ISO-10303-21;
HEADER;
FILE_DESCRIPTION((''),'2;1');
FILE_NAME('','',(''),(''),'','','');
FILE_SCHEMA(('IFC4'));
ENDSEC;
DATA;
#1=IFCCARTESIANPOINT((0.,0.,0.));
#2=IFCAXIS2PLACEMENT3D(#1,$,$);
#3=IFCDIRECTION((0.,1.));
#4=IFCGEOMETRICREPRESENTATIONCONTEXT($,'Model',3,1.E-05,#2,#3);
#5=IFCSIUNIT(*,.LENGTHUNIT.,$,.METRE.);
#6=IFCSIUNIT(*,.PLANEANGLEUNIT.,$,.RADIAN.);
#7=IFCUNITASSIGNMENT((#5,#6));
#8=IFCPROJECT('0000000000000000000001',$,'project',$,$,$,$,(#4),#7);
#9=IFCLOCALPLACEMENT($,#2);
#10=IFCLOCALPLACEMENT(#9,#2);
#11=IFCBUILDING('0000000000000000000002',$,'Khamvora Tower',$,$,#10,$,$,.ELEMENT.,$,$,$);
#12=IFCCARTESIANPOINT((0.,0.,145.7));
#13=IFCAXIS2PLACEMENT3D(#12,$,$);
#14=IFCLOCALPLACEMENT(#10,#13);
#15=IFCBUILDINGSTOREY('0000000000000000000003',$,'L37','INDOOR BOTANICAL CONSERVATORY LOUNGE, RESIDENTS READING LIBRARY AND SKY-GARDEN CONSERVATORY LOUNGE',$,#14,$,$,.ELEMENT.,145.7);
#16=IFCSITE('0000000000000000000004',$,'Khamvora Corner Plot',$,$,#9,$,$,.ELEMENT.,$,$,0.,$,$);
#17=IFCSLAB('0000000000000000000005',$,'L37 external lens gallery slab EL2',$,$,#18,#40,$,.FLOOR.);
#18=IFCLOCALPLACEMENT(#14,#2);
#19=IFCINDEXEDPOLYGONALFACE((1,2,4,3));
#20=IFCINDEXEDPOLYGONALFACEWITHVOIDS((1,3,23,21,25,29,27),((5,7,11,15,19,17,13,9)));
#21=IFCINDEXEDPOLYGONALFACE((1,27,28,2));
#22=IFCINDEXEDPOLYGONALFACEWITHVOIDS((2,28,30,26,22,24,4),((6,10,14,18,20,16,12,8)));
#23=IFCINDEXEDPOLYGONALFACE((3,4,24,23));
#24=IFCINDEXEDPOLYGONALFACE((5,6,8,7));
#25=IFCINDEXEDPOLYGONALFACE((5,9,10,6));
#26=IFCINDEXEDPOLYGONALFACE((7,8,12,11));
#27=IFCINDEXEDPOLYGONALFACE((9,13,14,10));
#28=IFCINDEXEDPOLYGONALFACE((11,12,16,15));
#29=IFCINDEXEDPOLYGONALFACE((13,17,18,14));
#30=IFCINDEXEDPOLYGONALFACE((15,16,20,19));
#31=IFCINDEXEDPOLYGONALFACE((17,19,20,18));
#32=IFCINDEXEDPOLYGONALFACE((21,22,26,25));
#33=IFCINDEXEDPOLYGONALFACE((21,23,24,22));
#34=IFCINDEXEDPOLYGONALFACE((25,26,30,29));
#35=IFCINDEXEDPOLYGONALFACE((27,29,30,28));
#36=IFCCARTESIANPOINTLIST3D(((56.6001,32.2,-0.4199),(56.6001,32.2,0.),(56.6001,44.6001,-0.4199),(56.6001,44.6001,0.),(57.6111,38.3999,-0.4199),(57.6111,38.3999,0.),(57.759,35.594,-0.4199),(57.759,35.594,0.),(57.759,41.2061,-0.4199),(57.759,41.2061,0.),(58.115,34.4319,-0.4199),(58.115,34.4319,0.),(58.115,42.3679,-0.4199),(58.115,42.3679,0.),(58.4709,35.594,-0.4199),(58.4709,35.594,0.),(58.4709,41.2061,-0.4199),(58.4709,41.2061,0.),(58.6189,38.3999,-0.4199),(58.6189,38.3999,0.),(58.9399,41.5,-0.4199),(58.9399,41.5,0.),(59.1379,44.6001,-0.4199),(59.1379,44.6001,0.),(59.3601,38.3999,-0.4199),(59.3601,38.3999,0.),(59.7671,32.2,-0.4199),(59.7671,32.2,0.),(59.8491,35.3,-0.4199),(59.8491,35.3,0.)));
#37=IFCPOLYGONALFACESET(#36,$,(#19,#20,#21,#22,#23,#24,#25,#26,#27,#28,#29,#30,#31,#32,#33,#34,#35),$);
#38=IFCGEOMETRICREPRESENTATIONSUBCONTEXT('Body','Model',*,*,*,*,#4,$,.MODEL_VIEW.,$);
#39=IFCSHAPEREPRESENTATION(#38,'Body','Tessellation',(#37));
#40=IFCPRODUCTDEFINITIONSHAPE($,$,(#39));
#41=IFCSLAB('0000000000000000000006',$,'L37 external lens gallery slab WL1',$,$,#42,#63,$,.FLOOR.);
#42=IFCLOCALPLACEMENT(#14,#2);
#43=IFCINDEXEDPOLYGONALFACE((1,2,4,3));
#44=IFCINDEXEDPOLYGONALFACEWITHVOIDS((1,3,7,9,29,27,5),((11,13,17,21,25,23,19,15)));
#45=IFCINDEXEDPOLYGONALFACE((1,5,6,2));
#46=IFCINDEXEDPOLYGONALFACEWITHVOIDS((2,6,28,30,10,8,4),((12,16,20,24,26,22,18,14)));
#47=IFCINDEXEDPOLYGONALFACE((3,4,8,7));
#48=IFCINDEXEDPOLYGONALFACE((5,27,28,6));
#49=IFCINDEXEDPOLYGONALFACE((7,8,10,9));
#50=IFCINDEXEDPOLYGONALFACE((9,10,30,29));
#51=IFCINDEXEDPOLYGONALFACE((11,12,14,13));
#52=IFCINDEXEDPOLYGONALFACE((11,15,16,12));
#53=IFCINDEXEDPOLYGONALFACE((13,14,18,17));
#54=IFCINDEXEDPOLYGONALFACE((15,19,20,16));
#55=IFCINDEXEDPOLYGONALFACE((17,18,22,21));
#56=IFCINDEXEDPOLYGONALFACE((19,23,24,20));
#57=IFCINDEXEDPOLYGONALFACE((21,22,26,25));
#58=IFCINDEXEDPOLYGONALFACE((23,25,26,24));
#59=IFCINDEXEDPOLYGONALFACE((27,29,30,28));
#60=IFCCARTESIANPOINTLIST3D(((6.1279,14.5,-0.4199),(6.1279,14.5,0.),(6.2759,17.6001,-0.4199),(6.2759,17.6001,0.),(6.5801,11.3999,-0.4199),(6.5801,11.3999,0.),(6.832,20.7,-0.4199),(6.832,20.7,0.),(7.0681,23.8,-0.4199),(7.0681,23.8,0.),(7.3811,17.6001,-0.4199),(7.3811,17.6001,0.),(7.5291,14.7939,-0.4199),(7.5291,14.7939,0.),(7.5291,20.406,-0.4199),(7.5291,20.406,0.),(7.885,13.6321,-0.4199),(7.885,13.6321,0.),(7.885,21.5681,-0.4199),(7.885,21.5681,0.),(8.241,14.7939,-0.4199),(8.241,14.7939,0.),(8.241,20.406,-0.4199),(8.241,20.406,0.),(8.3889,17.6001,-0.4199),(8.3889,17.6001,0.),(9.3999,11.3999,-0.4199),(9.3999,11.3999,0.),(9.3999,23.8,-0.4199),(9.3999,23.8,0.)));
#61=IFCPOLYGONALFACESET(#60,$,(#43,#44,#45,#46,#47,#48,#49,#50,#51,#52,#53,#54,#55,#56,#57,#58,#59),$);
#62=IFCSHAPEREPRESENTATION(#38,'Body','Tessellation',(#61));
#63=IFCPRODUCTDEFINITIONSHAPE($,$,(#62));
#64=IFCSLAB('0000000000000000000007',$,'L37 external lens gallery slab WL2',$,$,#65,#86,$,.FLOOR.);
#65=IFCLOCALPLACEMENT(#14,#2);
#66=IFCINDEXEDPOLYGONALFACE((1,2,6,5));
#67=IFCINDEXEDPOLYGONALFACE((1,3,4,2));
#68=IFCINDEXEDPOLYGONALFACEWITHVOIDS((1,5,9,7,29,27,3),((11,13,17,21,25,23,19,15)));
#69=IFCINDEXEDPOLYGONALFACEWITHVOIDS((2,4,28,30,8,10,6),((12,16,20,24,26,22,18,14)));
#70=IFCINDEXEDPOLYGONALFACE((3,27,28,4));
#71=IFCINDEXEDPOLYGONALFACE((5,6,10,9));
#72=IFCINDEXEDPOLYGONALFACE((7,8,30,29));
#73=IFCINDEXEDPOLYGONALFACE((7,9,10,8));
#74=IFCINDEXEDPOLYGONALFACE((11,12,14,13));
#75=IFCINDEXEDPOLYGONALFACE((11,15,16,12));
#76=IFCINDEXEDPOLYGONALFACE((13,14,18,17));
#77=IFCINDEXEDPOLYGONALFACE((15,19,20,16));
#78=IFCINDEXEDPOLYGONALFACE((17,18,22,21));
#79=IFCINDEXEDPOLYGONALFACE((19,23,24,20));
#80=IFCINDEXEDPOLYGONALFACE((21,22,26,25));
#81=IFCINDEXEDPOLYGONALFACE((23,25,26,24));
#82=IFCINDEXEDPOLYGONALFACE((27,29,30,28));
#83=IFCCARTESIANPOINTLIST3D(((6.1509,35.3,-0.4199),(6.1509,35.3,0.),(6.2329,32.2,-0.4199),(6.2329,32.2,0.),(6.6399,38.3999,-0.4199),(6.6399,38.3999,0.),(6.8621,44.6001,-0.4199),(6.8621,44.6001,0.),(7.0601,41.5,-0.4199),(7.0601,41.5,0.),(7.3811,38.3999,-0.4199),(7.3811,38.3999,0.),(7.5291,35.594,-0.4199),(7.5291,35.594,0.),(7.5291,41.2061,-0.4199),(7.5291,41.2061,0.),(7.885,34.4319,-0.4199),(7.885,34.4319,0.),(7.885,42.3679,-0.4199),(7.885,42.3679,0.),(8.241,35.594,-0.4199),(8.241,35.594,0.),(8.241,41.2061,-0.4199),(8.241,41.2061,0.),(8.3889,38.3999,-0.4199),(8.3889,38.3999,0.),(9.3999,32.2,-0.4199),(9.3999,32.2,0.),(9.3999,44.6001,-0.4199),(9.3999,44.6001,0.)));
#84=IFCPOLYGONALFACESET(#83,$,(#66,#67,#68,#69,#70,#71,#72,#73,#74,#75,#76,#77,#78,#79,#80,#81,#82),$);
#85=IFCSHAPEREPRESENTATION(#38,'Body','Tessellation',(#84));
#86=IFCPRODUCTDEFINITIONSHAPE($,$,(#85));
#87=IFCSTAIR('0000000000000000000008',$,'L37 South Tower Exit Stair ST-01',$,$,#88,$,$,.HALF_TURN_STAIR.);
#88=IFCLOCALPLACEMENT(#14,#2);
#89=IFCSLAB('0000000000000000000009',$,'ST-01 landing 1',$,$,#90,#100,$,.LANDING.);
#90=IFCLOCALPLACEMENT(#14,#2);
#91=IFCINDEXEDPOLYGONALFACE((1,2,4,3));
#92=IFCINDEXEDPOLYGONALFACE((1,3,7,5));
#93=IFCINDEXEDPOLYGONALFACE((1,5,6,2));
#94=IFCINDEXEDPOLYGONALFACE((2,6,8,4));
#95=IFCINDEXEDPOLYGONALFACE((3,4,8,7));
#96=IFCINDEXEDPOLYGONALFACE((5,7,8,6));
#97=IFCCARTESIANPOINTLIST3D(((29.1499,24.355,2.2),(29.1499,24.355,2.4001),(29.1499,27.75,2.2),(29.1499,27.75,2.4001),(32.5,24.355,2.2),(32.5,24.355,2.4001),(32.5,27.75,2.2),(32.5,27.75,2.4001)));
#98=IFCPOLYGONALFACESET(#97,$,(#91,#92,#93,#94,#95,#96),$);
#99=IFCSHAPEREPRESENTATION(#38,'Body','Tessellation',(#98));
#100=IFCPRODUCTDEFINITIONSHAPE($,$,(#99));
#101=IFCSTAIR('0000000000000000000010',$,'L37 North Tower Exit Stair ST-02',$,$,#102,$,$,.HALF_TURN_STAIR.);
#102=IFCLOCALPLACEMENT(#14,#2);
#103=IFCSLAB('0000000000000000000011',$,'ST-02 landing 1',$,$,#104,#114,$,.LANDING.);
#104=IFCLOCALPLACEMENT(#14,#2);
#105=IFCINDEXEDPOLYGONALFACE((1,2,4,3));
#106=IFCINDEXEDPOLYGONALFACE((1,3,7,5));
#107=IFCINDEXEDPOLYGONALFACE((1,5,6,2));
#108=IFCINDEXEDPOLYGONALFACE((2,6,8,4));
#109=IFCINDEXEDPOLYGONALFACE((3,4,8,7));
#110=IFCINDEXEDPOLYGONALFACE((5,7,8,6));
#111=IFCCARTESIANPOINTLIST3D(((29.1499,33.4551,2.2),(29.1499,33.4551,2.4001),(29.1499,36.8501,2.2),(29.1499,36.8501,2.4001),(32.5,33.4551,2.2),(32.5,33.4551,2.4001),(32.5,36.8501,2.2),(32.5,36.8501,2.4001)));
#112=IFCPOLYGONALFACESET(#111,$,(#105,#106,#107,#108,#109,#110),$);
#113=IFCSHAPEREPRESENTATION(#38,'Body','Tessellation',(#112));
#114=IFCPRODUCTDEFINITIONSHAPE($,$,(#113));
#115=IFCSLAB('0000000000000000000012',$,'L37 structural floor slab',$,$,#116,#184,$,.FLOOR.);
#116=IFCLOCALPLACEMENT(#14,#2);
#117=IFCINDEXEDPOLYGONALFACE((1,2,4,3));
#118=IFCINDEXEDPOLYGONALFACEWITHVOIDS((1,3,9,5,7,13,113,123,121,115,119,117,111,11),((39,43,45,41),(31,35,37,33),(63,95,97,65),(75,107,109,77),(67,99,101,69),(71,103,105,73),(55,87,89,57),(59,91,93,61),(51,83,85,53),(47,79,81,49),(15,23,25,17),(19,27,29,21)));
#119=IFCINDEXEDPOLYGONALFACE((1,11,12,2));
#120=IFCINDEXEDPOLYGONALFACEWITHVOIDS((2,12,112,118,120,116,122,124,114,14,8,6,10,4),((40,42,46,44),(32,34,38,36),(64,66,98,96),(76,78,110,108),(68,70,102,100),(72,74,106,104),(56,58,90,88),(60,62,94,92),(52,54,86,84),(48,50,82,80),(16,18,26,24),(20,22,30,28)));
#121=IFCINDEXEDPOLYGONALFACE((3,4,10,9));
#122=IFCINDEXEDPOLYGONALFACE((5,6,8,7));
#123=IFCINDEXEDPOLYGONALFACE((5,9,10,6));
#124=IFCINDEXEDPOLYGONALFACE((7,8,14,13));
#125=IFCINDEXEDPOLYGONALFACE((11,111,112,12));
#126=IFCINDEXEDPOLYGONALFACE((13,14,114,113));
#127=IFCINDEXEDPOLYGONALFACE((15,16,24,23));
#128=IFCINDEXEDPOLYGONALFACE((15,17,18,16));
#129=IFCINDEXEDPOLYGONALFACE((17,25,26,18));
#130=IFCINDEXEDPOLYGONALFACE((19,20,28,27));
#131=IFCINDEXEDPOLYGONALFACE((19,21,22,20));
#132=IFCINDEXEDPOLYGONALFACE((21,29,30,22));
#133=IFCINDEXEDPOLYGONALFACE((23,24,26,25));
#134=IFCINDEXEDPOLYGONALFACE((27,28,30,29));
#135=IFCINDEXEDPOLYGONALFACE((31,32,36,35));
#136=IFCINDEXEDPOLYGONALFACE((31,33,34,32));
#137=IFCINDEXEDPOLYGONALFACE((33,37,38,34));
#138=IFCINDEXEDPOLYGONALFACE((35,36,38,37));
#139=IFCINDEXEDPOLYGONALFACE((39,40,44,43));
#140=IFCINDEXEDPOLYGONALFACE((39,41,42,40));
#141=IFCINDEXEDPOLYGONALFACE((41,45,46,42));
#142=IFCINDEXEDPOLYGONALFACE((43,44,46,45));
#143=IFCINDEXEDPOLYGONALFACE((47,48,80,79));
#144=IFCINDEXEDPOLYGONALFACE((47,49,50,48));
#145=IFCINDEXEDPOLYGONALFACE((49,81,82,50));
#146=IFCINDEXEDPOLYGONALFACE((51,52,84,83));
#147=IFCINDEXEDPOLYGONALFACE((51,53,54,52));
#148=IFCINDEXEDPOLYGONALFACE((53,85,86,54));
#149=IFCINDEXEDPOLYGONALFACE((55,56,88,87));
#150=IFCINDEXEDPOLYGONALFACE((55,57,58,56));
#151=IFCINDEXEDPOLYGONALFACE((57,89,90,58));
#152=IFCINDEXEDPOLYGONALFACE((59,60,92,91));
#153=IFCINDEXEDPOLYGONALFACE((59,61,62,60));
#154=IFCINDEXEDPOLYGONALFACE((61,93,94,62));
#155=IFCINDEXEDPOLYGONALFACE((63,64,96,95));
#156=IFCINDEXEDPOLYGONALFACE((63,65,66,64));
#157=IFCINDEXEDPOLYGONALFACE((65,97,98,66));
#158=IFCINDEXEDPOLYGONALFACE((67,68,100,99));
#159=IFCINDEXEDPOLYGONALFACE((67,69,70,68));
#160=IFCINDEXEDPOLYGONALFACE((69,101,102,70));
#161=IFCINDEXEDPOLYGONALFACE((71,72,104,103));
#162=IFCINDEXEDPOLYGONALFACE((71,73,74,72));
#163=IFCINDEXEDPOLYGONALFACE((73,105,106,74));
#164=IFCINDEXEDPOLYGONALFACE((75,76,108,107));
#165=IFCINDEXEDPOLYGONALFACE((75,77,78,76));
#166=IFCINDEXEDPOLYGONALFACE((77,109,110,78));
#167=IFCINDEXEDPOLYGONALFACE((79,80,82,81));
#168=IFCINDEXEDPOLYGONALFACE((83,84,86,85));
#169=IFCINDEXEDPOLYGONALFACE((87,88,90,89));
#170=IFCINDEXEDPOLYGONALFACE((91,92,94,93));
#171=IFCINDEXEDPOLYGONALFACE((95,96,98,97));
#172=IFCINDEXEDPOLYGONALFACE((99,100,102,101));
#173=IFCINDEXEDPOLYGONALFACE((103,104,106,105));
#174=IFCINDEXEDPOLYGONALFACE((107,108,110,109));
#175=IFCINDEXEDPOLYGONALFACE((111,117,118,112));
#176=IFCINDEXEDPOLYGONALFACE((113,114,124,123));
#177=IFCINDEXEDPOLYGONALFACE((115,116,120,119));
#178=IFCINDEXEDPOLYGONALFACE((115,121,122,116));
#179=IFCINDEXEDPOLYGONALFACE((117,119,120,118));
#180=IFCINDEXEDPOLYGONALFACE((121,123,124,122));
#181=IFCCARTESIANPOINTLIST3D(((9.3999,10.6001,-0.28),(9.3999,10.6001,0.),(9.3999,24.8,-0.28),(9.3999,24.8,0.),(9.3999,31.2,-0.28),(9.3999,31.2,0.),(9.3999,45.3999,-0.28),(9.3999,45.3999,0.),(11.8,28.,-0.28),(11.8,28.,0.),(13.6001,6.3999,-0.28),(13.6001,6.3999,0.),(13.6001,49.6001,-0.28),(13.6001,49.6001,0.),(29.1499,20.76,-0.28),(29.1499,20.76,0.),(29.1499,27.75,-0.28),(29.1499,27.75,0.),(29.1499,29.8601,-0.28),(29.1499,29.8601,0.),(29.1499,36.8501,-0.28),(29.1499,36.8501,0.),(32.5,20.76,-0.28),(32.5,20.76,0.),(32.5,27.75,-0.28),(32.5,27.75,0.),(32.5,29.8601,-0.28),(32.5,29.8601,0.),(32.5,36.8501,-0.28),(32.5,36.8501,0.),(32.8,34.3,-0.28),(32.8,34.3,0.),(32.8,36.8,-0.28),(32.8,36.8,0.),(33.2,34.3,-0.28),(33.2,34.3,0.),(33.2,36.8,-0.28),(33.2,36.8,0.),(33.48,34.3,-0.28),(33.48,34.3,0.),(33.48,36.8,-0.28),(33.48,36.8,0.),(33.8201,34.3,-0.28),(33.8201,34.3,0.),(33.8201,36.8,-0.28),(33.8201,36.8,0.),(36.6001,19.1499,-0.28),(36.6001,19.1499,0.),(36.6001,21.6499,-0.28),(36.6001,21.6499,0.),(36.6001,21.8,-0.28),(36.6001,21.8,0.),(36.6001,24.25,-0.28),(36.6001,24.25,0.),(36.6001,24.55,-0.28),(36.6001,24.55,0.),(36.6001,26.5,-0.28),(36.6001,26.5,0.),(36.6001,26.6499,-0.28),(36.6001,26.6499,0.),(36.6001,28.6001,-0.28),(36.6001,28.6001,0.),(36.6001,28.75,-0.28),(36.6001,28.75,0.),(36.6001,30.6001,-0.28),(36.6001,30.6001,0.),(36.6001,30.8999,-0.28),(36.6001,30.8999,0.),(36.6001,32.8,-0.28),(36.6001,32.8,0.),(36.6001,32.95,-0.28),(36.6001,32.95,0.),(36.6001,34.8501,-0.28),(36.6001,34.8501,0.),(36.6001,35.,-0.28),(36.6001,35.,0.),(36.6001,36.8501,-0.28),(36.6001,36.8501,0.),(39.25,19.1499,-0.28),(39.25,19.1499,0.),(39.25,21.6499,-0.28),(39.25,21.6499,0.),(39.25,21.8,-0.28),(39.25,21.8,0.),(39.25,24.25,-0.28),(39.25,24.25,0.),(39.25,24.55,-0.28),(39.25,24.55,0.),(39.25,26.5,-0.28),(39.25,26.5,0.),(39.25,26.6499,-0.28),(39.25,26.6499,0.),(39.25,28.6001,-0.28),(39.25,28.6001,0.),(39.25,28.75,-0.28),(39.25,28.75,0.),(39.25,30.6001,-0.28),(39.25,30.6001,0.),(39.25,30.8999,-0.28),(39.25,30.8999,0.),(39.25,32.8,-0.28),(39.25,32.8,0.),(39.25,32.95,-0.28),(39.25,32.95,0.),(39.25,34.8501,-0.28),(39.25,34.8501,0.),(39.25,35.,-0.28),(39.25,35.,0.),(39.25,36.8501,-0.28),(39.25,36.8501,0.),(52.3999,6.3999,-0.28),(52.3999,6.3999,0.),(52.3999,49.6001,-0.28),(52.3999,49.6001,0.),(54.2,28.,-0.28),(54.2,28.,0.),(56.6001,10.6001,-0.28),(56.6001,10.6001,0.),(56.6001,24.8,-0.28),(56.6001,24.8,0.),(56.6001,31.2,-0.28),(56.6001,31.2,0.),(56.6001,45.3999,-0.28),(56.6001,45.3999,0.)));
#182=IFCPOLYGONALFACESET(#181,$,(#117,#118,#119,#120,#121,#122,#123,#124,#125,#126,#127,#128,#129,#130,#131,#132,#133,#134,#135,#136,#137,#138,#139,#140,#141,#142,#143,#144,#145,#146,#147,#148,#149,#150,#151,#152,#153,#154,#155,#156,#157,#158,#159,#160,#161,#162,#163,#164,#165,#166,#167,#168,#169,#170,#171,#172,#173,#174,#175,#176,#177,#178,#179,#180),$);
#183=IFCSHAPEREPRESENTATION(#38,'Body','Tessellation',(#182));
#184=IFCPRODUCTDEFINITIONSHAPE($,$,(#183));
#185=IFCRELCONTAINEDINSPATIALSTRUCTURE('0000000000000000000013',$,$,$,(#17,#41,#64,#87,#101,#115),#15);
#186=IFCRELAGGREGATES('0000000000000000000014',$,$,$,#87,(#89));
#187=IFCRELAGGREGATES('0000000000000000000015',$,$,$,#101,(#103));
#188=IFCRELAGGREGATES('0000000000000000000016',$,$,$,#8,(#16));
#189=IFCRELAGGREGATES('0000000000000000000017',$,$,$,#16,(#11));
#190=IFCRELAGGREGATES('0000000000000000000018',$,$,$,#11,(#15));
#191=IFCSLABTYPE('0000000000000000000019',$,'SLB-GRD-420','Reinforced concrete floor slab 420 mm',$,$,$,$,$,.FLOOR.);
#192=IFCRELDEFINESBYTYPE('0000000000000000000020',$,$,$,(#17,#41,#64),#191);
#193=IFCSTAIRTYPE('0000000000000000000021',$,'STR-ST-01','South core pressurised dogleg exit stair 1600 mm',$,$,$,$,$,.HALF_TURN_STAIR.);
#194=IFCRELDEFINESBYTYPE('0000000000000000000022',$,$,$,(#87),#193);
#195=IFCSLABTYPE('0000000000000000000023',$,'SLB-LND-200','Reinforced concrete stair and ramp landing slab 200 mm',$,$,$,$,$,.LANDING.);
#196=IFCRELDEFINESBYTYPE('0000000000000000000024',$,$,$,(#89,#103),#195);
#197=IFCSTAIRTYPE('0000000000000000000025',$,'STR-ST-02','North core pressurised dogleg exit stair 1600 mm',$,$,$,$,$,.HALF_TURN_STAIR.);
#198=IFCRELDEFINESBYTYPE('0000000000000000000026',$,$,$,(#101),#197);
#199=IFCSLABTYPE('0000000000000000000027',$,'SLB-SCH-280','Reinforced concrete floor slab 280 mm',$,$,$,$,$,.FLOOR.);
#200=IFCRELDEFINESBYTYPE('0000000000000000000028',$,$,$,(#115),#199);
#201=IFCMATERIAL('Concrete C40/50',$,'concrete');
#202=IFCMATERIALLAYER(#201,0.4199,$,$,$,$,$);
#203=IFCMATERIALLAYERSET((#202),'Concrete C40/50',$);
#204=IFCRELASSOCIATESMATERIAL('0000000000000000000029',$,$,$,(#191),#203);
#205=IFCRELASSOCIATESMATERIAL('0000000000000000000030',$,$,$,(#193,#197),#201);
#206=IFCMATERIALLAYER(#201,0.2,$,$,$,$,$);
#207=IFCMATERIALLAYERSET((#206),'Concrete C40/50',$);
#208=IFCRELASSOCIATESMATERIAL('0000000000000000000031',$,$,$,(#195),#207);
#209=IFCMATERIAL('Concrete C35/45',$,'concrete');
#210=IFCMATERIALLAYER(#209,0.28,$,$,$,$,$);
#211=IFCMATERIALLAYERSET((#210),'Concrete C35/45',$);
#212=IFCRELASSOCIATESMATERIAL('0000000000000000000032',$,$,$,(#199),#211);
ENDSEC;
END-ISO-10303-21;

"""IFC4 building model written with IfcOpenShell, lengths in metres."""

from ifc_helpers import new_model, si_unit, direction, frame, origin, place, context, subcontext, project, spatial, polyline, outline, extrude, material, layer, layer_set, type_object, element, aggregate, save


model = new_model("IFC4")

# Units and contexts
model_context = context("Model", 3, precision=1e-05, world=origin(), true_north=direction((0.0, 1.0)))
body_context = subcontext(model_context, "Body", "Model", "MODEL_VIEW")
ifc_project = project(units=[si_unit("LENGTHUNIT", "METRE"), si_unit("PLANEANGLEUNIT", "RADIAN")], contexts=[model_context])

# Site, building, storey
site_placement = place(None, origin())
site = spatial("IfcSite", under=ifc_project, at=site_placement, Name="Khamvora Corner Plot", CompositionType="ELEMENT", RefElevation=0.0)
building_placement = place(site_placement, origin())
building = spatial("IfcBuilding", under=site, at=building_placement, Name="Khamvora Tower", CompositionType="ELEMENT")
storey_placement = place(building_placement, frame((0.0, 0.0, 145.7)))
storey = spatial("IfcBuildingStorey", under=building, at=storey_placement, Name="L37", Description="INDOOR BOTANICAL CONSERVATORY LOUNGE, RESIDENTS READING LIBRARY AND SKY-GARDEN CONSERVATORY LOUNGE", CompositionType="ELEMENT", Elevation=145.7)

# Slabs
ifc_material_1 = material(Name="Concrete C40/50", Category="concrete")
ifc_layer_1 = layer(ifc_material_1, 0.4199)
ifc_layer_set_1 = layer_set([ifc_layer_1], Name="Concrete C40/50")
slab_type_1 = type_object("IfcSlabType", Name="SLB-GRD-420", Description="Reinforced concrete floor slab 420 mm", PredefinedType="FLOOR", material=ifc_layer_set_1)
slab_1_placement = place(storey_placement, frame((0.0, 0.0, -0.4199)))
element("IfcSlab", 1, at=slab_1_placement, inside=storey, type_object=slab_type_1, Name="L37 external lens gallery slab EL2", PredefinedType="FLOOR", context=body_context, shape_type="SweptSolid", body=[
    extrude(outline(polyline([(59.7671, 32.2), (59.8491, 35.3), (59.3601, 38.3999), (58.9399, 41.5), (59.1379, 44.6001), (56.6001, 44.6001), (56.6001, 32.2), (59.7671, 32.2)]), holes=[polyline([(58.6189, 38.3999), (58.4709, 41.2061), (58.115, 42.3679), (57.759, 41.2061), (57.6111, 38.3999), (57.759, 35.594), (58.115, 34.4319), (58.4709, 35.594), (58.6189, 38.3999)])]), origin(), (0.0, 0.0, 1.0), 0.4199),
])
slab_2_placement = place(storey_placement, frame((0.0, 0.0, -0.4199)))
element("IfcSlab", 2, at=slab_2_placement, inside=storey, type_object=slab_type_1, Name="L37 external lens gallery slab WL1", PredefinedType="FLOOR", context=body_context, shape_type="SweptSolid", body=[
    extrude(outline(polyline([(9.3999, 11.3999), (9.3999, 23.8), (7.0681, 23.8), (6.832, 20.7), (6.2759, 17.6001), (6.1279, 14.5), (6.5801, 11.3999), (9.3999, 11.3999)]), holes=[polyline([(8.3889, 17.6001), (8.241, 20.406), (7.885, 21.5681), (7.5291, 20.406), (7.3811, 17.6001), (7.5291, 14.7939), (7.885, 13.6321), (8.241, 14.7939), (8.3889, 17.6001)])]), origin(), (0.0, 0.0, 1.0), 0.4199),
])
slab_3_placement = place(storey_placement, frame((0.0, 0.0, -0.4199)))
element("IfcSlab", 3, at=slab_3_placement, inside=storey, type_object=slab_type_1, Name="L37 external lens gallery slab WL2", PredefinedType="FLOOR", context=body_context, shape_type="SweptSolid", body=[
    extrude(outline(polyline([(9.3999, 32.2), (9.3999, 44.6001), (6.8621, 44.6001), (7.0601, 41.5), (6.6399, 38.3999), (6.1509, 35.3), (6.2329, 32.2), (9.3999, 32.2)]), holes=[polyline([(8.3889, 38.3999), (8.241, 41.2061), (7.885, 42.3679), (7.5291, 41.2061), (7.3811, 38.3999), (7.5291, 35.594), (7.885, 34.4319), (8.241, 35.594), (8.3889, 38.3999)])]), origin(), (0.0, 0.0, 1.0), 0.4199),
])

# Stairs, slabs
stair_type_1 = type_object("IfcStairType", Name="STR-ST-01", Description="South core pressurised dogleg exit stair 1600 mm", PredefinedType="HALF_TURN_STAIR", material=ifc_material_1)
stair_1_placement = place(storey_placement, origin())
stair_1 = element("IfcStair", 4, at=stair_1_placement, inside=storey, type_object=stair_type_1, Name="L37 South Tower Exit Stair ST-01", PredefinedType="HALF_TURN_STAIR")
ifc_layer_2 = layer(ifc_material_1, 0.2)
ifc_layer_set_2 = layer_set([ifc_layer_2], Name="Concrete C40/50")
slab_type_2 = type_object("IfcSlabType", Name="SLB-LND-200", Description="Reinforced concrete stair and ramp landing slab 200 mm", PredefinedType="LANDING", material=ifc_layer_set_2)
slab_4_placement = place(storey_placement, frame((0.0, 0.0, 2.2)))
slab_4 = element("IfcSlab", 5, at=slab_4_placement, type_object=slab_type_2, Name="ST-01 landing 1", PredefinedType="LANDING", context=body_context, shape_type="SweptSolid", body=[
    extrude(outline(polyline([(32.5, 24.355), (32.5, 27.75), (29.1499, 27.75), (29.1499, 24.355), (32.5, 24.355)])), origin(), (0.0, 0.0, 1.0), 0.2002),
])
aggregate(stair_1, [slab_4])
stair_type_2 = type_object("IfcStairType", Name="STR-ST-02", Description="North core pressurised dogleg exit stair 1600 mm", PredefinedType="HALF_TURN_STAIR", material=ifc_material_1)
stair_2_placement = place(storey_placement, origin())
stair_2 = element("IfcStair", 6, at=stair_2_placement, inside=storey, type_object=stair_type_2, Name="L37 North Tower Exit Stair ST-02", PredefinedType="HALF_TURN_STAIR")
slab_5_placement = place(storey_placement, frame((0.0, 0.0, 2.2)))
slab_5 = element("IfcSlab", 7, at=slab_5_placement, type_object=slab_type_2, Name="ST-02 landing 1", PredefinedType="LANDING", context=body_context, shape_type="SweptSolid", body=[
    extrude(outline(polyline([(32.5, 33.4551), (32.5, 36.8501), (29.1499, 36.8501), (29.1499, 33.4551), (32.5, 33.4551)])), origin(), (0.0, 0.0, 1.0), 0.2002),
])
aggregate(stair_2, [slab_5])

# Slab
ifc_material_2 = material(Name="Concrete C35/45", Category="concrete")
ifc_layer_3 = layer(ifc_material_2, 0.28)
ifc_layer_set_3 = layer_set([ifc_layer_3], Name="Concrete C35/45")
slab_type_3 = type_object("IfcSlabType", Name="SLB-SCH-280", Description="Reinforced concrete floor slab 280 mm", PredefinedType="FLOOR", material=ifc_layer_set_3)
slab_6_placement = place(storey_placement, frame((0.0, 0.0, -0.28)))
element("IfcSlab", 8, at=slab_6_placement, inside=storey, type_object=slab_type_3, Name="L37 structural floor slab", PredefinedType="FLOOR", context=body_context, shape_type="SweptSolid", body=[
    extrude(outline(polyline([(13.6001, 6.3999), (52.3999, 6.3999), (56.6001, 10.6001), (56.6001, 24.8), (54.2, 28.0), (56.6001, 31.2), (56.6001, 45.3999), (52.3999, 49.6001), (13.6001, 49.6001), (9.3999, 45.3999), (9.3999, 31.2), (11.8, 28.0), (9.3999, 24.8), (9.3999, 10.6001), (13.6001, 6.3999)]), holes=[polyline([(32.5, 20.76), (32.5, 27.75), (29.1499, 27.75), (29.1499, 20.76), (32.5, 20.76)]), polyline([(32.5, 29.8601), (32.5, 36.8501), (29.1499, 36.8501), (29.1499, 29.8601), (32.5, 29.8601)]), polyline([(36.6001, 19.1499), (39.25, 19.1499), (39.25, 21.6499), (36.6001, 21.6499), (36.6001, 19.1499)]), polyline([(36.6001, 21.8), (39.25, 21.8), (39.25, 24.25), (36.6001, 24.25), (36.6001, 21.8)]), polyline([(36.6001, 24.55), (39.25, 24.55), (39.25, 26.5), (36.6001, 26.5), (36.6001, 24.55)]), polyline([(36.6001, 26.6499), (39.25, 26.6499), (39.25, 28.6001), (36.6001, 28.6001), (36.6001, 26.6499)]), polyline([(36.6001, 28.75), (39.25, 28.75), (39.25, 30.6001), (36.6001, 30.6001), (36.6001, 28.75)]), polyline([(36.6001, 30.8999), (39.25, 30.8999), (39.25, 32.8), (36.6001, 32.8), (36.6001, 30.8999)]), polyline([(36.6001, 32.95), (39.25, 32.95), (39.25, 34.8501), (36.6001, 34.8501), (36.6001, 32.95)]), polyline([(36.6001, 35.0), (39.25, 35.0), (39.25, 36.8501), (36.6001, 36.8501), (36.6001, 35.0)]), polyline([(32.8, 34.3), (33.2, 34.3), (33.2, 36.8), (32.8, 36.8), (32.8, 34.3)]), polyline([(33.48, 34.3), (33.8201, 34.3), (33.8201, 36.8), (33.48, 36.8), (33.48, 34.3)])]), origin(), (0.0, 0.0, 1.0), 0.28),
])

save(model, "model.ifc")
